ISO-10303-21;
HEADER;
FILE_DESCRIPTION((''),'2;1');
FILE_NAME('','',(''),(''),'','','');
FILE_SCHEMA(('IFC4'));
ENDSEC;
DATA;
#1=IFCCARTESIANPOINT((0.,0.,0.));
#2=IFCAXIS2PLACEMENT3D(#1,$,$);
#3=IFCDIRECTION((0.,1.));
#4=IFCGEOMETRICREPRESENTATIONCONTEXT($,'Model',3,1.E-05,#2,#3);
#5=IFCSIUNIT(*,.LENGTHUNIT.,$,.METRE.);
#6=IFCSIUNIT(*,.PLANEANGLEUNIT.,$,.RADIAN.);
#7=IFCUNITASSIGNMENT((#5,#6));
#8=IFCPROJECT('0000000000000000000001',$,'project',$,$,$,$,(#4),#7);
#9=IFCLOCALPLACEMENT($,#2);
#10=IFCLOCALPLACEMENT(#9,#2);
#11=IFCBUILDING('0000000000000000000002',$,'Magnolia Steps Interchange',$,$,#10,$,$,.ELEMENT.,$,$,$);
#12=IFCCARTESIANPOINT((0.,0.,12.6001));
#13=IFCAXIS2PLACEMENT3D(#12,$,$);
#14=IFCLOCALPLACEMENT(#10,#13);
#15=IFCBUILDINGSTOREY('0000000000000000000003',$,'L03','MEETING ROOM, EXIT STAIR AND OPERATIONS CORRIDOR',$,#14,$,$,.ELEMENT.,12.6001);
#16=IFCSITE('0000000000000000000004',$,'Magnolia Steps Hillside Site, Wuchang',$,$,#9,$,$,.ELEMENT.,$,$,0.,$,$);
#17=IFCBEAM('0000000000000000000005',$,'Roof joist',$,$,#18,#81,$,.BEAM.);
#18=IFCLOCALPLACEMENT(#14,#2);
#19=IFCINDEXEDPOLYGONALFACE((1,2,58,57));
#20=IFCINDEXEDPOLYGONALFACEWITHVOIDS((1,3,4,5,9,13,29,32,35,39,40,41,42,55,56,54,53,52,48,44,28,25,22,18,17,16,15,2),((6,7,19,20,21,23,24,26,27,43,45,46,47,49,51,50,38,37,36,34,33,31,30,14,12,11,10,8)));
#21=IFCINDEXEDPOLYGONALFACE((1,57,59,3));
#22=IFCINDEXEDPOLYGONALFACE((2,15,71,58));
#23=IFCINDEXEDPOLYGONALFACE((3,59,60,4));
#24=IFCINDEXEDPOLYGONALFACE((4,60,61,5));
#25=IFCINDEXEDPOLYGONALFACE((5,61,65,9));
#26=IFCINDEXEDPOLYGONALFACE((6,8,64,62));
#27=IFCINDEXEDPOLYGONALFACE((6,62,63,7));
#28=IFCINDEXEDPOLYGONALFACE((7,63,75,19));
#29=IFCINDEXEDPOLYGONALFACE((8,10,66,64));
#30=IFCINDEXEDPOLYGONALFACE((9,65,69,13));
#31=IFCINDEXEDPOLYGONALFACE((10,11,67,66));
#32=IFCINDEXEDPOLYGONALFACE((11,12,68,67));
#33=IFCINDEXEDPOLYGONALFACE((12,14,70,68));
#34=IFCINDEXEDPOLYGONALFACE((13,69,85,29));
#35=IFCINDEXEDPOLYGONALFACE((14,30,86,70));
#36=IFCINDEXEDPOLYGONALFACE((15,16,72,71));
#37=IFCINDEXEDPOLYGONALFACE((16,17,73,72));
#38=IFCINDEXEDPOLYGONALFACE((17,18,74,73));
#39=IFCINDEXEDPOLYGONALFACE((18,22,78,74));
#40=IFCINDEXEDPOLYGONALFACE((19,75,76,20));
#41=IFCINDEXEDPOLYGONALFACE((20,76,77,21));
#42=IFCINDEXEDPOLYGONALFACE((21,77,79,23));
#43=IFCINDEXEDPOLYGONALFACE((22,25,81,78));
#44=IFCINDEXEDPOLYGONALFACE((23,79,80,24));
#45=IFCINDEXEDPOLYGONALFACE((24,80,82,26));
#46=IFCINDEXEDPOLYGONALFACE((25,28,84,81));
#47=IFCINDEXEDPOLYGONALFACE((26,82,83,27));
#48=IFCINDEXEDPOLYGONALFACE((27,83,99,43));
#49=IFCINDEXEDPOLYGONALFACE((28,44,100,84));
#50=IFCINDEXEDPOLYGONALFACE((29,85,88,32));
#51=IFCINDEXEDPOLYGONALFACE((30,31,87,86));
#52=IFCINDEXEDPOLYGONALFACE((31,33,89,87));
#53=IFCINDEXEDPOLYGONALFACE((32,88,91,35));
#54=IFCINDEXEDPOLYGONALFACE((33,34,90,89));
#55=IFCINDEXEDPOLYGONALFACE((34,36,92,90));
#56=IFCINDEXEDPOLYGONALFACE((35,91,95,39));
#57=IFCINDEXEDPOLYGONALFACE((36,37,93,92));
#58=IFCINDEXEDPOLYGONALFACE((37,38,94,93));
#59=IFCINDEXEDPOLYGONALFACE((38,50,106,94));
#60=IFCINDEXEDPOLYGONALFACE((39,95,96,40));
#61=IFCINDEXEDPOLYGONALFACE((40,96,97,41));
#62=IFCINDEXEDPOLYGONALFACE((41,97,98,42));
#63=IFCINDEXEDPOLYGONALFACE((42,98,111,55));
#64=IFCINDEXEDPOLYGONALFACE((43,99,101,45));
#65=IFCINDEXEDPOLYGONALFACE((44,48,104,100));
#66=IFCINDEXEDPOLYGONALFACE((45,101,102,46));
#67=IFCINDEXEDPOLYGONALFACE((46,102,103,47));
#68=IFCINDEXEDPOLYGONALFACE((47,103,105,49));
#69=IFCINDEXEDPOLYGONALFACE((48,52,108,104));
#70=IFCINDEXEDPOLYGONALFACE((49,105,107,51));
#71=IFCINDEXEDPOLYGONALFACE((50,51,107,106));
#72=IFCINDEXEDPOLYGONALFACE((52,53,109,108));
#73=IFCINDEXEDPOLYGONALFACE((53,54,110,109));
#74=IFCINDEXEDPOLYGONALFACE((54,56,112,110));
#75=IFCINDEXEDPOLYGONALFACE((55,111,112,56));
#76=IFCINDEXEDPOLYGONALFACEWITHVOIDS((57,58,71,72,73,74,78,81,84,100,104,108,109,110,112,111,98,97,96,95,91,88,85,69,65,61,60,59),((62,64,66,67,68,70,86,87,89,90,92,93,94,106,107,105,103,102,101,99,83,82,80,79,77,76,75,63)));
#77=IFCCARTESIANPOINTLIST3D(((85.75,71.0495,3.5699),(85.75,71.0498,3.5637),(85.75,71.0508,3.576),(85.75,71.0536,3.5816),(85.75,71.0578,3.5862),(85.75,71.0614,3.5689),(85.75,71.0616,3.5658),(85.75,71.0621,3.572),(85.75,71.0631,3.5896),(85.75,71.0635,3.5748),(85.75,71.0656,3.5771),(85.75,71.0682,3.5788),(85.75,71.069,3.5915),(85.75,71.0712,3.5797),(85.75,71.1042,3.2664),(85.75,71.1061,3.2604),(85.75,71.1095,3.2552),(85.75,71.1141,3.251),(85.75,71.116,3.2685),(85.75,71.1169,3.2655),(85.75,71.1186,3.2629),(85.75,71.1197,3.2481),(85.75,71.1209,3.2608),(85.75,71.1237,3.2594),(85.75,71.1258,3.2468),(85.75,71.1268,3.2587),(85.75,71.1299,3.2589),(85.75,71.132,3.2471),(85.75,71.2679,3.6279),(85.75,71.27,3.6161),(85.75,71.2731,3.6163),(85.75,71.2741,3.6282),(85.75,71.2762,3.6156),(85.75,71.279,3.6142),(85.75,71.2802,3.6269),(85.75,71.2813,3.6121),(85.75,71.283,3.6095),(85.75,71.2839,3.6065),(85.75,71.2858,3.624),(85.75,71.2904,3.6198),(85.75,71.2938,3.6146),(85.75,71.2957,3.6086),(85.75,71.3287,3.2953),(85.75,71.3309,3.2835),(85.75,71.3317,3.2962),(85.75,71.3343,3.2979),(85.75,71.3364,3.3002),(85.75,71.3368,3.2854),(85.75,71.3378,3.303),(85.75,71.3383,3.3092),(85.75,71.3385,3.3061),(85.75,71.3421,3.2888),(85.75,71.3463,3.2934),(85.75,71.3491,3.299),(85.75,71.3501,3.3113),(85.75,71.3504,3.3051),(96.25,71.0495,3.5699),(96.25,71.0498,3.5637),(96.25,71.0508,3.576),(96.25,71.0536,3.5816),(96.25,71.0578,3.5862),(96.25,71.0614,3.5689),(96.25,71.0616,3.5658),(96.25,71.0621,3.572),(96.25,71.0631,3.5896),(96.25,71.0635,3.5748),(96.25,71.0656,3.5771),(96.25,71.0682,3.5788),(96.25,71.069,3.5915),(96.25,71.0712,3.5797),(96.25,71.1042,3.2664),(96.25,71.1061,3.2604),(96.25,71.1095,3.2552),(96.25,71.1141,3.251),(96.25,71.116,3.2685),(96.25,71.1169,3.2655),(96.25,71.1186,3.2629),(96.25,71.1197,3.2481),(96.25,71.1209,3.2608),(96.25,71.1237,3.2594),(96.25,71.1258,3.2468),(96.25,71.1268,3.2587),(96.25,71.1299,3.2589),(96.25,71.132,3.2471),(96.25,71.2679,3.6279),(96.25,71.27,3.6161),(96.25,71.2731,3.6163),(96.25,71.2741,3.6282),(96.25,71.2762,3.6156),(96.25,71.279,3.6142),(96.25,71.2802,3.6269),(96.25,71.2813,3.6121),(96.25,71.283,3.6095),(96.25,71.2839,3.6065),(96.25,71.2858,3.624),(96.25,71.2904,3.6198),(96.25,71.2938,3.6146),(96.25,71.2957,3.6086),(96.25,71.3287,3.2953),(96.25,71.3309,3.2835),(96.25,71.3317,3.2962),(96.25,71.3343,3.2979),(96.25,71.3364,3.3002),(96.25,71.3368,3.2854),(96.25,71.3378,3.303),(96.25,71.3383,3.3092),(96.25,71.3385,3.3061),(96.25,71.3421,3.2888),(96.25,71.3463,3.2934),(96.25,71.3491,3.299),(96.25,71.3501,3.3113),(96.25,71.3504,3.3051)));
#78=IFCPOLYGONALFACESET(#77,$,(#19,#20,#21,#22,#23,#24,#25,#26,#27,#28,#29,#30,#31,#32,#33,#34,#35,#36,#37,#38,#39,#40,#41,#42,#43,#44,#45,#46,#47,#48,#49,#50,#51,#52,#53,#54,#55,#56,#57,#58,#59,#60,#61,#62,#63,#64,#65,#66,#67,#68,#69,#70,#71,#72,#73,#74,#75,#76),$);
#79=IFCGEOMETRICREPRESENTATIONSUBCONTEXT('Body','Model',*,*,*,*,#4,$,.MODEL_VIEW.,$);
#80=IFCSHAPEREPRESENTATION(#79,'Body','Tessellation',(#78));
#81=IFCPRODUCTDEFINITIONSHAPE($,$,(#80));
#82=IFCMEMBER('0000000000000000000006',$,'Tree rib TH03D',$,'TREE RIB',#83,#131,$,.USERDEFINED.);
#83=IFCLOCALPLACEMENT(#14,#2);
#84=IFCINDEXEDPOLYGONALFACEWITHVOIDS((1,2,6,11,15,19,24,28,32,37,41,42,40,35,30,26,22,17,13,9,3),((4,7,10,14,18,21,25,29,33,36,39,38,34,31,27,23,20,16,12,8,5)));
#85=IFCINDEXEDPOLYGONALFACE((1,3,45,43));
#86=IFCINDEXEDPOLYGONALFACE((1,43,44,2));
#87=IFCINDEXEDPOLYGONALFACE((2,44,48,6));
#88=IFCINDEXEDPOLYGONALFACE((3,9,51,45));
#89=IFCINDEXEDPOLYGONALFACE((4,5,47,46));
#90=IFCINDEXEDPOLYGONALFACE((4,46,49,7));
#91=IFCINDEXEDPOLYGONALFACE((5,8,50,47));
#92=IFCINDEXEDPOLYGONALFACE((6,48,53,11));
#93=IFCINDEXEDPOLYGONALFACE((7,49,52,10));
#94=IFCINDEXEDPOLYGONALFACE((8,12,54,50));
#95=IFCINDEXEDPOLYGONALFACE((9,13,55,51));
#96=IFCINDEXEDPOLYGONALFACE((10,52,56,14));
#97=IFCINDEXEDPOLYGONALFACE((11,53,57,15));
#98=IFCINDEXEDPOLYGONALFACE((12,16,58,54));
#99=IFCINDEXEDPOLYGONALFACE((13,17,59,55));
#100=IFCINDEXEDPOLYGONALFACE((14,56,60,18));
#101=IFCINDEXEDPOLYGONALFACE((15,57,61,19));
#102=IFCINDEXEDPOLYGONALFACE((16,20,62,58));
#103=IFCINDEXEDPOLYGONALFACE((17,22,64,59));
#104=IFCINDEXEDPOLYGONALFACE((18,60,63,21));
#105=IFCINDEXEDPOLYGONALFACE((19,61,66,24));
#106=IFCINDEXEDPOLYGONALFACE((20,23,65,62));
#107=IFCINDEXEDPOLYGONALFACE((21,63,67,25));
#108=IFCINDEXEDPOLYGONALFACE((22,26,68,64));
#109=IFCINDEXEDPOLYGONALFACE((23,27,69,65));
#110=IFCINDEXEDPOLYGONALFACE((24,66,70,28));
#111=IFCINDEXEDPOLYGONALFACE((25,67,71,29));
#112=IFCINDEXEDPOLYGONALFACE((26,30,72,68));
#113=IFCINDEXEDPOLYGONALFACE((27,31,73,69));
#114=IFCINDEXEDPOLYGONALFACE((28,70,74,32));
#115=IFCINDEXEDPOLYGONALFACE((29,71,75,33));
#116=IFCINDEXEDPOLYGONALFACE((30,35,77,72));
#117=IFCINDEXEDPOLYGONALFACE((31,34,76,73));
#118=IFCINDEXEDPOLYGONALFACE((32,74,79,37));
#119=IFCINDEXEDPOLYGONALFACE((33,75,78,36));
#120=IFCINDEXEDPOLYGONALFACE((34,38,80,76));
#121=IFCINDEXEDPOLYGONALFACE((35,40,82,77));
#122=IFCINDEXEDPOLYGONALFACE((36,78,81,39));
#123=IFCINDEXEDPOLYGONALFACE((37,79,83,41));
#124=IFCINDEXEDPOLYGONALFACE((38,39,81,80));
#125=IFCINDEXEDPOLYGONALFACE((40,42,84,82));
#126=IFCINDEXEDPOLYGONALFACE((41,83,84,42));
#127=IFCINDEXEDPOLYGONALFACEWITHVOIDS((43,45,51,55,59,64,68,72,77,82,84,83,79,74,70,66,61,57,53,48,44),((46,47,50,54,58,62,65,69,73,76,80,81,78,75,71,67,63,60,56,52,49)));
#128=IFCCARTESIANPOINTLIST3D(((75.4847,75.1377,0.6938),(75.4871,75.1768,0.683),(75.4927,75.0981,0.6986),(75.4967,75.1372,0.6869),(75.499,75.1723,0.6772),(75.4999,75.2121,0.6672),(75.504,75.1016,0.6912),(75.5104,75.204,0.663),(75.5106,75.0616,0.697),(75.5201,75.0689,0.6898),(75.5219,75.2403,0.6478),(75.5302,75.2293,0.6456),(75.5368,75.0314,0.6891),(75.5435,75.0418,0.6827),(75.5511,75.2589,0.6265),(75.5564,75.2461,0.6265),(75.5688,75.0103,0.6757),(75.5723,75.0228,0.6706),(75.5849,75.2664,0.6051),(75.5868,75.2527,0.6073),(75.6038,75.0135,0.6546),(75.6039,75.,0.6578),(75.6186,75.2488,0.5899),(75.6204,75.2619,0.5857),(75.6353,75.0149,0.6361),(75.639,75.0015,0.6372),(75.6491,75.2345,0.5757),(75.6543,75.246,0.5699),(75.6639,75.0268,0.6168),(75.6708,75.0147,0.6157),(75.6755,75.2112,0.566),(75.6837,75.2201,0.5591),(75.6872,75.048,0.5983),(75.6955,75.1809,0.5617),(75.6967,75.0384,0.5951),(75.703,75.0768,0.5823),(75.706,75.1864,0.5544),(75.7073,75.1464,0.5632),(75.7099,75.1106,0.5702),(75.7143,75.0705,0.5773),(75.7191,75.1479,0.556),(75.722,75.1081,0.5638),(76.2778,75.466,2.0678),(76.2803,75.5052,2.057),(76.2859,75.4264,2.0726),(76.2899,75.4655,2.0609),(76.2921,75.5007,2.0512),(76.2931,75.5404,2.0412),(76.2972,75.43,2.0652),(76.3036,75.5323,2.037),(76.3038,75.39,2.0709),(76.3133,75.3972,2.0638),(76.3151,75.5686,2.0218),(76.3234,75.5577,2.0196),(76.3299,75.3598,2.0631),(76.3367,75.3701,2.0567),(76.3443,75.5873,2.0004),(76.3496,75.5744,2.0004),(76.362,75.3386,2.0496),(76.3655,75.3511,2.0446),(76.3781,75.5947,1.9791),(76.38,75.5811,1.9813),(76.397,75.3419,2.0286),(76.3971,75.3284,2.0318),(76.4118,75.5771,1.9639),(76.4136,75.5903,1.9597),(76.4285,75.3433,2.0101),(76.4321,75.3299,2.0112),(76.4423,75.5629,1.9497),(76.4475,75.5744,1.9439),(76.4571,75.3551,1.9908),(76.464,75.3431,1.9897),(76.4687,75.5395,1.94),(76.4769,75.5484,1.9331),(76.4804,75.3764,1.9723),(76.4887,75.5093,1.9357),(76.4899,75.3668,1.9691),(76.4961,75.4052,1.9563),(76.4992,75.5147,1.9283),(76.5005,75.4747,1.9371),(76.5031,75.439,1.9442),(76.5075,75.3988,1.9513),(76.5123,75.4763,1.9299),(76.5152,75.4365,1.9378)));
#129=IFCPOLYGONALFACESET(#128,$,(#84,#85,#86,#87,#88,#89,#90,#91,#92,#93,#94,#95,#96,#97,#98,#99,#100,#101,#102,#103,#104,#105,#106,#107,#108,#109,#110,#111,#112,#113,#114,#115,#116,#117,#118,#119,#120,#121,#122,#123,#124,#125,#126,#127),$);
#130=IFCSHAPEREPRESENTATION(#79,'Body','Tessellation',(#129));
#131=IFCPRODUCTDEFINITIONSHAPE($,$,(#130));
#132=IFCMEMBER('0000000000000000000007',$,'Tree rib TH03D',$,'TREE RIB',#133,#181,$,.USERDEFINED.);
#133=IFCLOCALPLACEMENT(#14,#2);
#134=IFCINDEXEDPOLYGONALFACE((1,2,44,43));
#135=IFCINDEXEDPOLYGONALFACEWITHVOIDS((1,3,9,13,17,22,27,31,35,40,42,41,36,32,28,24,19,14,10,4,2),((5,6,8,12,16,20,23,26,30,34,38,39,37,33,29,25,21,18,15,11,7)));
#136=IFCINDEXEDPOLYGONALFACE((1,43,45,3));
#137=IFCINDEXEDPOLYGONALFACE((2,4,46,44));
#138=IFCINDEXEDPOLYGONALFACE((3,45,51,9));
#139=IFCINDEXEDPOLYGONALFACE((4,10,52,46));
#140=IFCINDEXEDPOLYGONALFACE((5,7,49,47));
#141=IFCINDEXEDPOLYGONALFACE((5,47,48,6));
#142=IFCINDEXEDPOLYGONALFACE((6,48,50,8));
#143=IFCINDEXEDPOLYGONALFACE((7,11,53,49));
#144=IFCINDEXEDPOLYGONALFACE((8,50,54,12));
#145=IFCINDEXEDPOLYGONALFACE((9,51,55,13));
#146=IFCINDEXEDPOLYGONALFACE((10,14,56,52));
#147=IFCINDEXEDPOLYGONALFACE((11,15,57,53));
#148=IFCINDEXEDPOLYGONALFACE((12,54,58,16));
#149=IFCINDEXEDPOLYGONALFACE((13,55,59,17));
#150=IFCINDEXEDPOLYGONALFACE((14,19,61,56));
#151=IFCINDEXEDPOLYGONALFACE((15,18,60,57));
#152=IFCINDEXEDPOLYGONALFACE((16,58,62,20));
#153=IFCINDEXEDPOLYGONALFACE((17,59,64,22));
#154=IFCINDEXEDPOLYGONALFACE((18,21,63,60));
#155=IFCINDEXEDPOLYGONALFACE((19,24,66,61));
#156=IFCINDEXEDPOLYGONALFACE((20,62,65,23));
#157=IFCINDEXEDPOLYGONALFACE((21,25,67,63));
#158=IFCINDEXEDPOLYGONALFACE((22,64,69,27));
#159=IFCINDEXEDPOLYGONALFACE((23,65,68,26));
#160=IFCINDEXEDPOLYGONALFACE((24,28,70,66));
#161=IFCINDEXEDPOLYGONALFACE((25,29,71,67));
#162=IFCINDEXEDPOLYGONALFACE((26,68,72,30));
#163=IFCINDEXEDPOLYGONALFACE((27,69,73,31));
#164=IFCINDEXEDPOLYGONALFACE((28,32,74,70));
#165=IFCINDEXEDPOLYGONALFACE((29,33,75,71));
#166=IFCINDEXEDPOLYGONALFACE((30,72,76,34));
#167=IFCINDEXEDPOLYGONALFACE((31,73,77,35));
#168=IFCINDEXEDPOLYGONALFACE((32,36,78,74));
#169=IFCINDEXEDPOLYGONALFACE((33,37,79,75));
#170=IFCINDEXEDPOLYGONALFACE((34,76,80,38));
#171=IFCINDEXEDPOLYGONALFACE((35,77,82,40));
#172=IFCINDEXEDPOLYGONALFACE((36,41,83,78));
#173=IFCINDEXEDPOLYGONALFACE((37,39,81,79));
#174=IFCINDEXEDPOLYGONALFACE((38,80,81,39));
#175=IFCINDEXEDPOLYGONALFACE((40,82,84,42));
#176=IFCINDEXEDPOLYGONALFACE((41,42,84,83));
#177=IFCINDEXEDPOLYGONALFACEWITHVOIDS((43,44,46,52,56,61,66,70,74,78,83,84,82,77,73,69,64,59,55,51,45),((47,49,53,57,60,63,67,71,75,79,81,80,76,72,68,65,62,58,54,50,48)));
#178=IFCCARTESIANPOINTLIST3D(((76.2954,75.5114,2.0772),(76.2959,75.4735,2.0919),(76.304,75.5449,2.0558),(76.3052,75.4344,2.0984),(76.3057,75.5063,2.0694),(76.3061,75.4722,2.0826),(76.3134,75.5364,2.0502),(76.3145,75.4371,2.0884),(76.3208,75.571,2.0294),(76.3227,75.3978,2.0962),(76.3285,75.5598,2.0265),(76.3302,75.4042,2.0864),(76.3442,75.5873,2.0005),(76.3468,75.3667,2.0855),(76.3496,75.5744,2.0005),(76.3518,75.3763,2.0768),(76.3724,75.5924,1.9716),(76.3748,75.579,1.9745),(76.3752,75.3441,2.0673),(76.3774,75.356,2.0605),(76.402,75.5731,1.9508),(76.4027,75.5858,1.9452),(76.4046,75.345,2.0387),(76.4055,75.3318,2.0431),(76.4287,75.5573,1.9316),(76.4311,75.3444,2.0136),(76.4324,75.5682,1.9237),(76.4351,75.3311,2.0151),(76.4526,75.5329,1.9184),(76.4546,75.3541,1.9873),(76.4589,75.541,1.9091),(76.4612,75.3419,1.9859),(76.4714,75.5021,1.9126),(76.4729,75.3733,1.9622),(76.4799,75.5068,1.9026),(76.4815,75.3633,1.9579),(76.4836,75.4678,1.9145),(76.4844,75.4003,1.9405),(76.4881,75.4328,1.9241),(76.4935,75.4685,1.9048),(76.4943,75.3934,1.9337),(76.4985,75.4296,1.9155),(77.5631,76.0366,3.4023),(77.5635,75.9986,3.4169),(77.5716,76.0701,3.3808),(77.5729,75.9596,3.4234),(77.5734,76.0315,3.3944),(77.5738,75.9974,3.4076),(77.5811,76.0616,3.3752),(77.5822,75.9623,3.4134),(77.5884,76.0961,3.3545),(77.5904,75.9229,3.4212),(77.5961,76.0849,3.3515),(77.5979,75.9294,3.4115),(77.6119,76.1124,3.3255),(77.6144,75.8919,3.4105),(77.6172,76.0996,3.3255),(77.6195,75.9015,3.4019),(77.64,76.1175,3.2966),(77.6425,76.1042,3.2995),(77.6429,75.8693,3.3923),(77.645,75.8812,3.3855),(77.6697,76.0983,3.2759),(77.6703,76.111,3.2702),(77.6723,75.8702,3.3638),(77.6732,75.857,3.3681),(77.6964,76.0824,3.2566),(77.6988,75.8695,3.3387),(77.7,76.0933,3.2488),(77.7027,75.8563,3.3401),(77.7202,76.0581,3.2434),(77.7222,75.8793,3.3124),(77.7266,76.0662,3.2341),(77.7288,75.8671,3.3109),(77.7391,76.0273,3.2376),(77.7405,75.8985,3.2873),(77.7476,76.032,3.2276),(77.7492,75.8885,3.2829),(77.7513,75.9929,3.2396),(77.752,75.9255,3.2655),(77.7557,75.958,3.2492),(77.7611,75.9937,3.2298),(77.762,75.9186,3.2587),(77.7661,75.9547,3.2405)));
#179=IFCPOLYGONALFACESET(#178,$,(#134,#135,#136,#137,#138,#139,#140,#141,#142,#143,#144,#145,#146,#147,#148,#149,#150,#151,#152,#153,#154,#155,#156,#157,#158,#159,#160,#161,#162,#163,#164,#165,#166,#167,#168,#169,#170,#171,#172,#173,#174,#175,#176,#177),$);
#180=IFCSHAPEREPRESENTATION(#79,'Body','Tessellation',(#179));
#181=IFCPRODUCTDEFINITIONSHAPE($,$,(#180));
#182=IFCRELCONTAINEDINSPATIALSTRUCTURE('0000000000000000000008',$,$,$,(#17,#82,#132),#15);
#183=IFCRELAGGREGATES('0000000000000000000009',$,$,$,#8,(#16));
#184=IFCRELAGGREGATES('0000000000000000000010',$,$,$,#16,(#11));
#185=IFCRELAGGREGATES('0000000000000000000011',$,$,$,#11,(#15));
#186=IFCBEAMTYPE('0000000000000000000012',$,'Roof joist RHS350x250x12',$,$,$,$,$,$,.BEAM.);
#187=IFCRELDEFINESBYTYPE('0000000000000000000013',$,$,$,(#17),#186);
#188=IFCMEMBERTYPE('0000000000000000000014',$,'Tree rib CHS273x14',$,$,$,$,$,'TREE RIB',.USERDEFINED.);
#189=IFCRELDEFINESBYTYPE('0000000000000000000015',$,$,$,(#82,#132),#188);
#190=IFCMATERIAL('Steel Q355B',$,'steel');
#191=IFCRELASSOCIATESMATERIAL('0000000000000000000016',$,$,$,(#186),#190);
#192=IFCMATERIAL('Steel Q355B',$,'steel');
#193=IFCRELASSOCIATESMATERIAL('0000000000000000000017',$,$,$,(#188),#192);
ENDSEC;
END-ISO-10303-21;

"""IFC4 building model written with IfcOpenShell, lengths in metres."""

from ifc_helpers import new_model, si_unit, direction, frame, origin, origin_2d, place, context, subcontext, project, spatial, hollow_rectangle, hollow_circle, extrude, material, material_profile, profile_set, type_object, element, save


model = new_model("IFC4")

# Units and contexts
model_context = context("Model", 3, precision=1e-05, world=origin(), true_north=direction((0.0, 1.0)))
body_context = subcontext(model_context, "Body", "Model", "MODEL_VIEW")
ifc_project = project(units=[si_unit("LENGTHUNIT", "METRE"), si_unit("PLANEANGLEUNIT", "RADIAN")], contexts=[model_context])

# Site, building, storey
site_placement = place(None, origin())
site = spatial("IfcSite", under=ifc_project, at=site_placement, Name="Magnolia Steps Hillside Site, Wuchang", CompositionType="ELEMENT", RefElevation=0.0)
building_placement = place(site_placement, origin())
building = spatial("IfcBuilding", under=site, at=building_placement, Name="Magnolia Steps Interchange", CompositionType="ELEMENT")
storey_placement = place(building_placement, frame((0.0, 0.0, 12.6001)))
storey = spatial("IfcBuildingStorey", under=building, at=storey_placement, Name="L03", Description="MEETING ROOM, EXIT STAIR AND OPERATIONS CORRIDOR", CompositionType="ELEMENT", Elevation=12.6001)

# Beam
ifc_material_1 = material(Name="Steel Q355B", Category="steel")
ifc_material_profile_1 = material_profile(ifc_material_1, hollow_rectangle(XDim=0.25, YDim=0.3501, WallThickness=0.012, InnerFilletRadius=0.012, OuterFilletRadius=0.0239, at=origin_2d()), Name="RHS350x250x12")
ifc_profile_set_1 = profile_set([ifc_material_profile_1], Name="Steel Q355B")
beam_type_1 = type_object("IfcBeamType", Name="Roof joist RHS350x250x12", PredefinedType="BEAM", material=ifc_profile_set_1)
for number, where, z_axis, x_axis, name in (
    (1, (85.75, 71.2, 3.4375), (1.0, 0.0, 0.0), (0.0, 0.983677, 0.179941), "Roof joist"),
):
    element("IfcBeam", number, at=place(storey_placement, frame(where, z_axis=z_axis, x_axis=x_axis)), inside=storey, type_object=beam_type_1, Name=name, PredefinedType="BEAM", context=body_context, shape_type="SweptSolid", body=[
        extrude(hollow_rectangle(XDim=0.25, YDim=0.3501, WallThickness=0.012, InnerFilletRadius=0.012, OuterFilletRadius=0.0239, at=origin_2d()), origin(), (0.0, 0.0, 1.0), 10.5),
    ])

# Members
ifc_material_2 = material(Name="Steel Q355B", Category="steel")
ifc_material_profile_2 = material_profile(ifc_material_2, hollow_circle(Radius=0.1365, WallThickness=0.0139, at=origin_2d()), Name="CHS273x14")
ifc_profile_set_2 = profile_set([ifc_material_profile_2], Name="Steel Q355B")
member_type = type_object("IfcMemberType", Name="Tree rib CHS273x14", ElementType="TREE RIB", PredefinedType="USERDEFINED", material=ifc_profile_set_2)
member_1_placement = place(storey_placement, frame((75.6033, 75.1328, 0.6265), z_axis=(0.489586, 0.202676, 0.848073), x_axis=(-0.382494, 0.923958, 0.0)))
element("IfcMember", 2, at=member_1_placement, inside=storey, type_object=member_type, Name="Tree rib TH03D", ObjectType="TREE RIB", PredefinedType="USERDEFINED", context=body_context, shape_type="SweptSolid", body=[
    extrude(hollow_circle(Radius=0.1365, WallThickness=0.0139, at=origin_2d()), origin(), (0.0, 0.0, 1.0), 1.6201),
])
member_2_placement = place(storey_placement, frame((76.3965, 75.4612, 2.0005), z_axis=(0.664571, 0.275326, 0.694651), x_axis=(-0.382745, 0.923854, 0.0)))
element("IfcMember", 3, at=member_2_placement, inside=storey, type_object=member_type, Name="Tree rib TH03D", ObjectType="TREE RIB", PredefinedType="USERDEFINED", context=body_context, shape_type="SweptSolid", body=[
    extrude(hollow_circle(Radius=0.1365, WallThickness=0.0139, at=origin_2d()), origin(), (0.0, 0.0, 1.0), 1.9075),
])

save(model, "model.ifc")
